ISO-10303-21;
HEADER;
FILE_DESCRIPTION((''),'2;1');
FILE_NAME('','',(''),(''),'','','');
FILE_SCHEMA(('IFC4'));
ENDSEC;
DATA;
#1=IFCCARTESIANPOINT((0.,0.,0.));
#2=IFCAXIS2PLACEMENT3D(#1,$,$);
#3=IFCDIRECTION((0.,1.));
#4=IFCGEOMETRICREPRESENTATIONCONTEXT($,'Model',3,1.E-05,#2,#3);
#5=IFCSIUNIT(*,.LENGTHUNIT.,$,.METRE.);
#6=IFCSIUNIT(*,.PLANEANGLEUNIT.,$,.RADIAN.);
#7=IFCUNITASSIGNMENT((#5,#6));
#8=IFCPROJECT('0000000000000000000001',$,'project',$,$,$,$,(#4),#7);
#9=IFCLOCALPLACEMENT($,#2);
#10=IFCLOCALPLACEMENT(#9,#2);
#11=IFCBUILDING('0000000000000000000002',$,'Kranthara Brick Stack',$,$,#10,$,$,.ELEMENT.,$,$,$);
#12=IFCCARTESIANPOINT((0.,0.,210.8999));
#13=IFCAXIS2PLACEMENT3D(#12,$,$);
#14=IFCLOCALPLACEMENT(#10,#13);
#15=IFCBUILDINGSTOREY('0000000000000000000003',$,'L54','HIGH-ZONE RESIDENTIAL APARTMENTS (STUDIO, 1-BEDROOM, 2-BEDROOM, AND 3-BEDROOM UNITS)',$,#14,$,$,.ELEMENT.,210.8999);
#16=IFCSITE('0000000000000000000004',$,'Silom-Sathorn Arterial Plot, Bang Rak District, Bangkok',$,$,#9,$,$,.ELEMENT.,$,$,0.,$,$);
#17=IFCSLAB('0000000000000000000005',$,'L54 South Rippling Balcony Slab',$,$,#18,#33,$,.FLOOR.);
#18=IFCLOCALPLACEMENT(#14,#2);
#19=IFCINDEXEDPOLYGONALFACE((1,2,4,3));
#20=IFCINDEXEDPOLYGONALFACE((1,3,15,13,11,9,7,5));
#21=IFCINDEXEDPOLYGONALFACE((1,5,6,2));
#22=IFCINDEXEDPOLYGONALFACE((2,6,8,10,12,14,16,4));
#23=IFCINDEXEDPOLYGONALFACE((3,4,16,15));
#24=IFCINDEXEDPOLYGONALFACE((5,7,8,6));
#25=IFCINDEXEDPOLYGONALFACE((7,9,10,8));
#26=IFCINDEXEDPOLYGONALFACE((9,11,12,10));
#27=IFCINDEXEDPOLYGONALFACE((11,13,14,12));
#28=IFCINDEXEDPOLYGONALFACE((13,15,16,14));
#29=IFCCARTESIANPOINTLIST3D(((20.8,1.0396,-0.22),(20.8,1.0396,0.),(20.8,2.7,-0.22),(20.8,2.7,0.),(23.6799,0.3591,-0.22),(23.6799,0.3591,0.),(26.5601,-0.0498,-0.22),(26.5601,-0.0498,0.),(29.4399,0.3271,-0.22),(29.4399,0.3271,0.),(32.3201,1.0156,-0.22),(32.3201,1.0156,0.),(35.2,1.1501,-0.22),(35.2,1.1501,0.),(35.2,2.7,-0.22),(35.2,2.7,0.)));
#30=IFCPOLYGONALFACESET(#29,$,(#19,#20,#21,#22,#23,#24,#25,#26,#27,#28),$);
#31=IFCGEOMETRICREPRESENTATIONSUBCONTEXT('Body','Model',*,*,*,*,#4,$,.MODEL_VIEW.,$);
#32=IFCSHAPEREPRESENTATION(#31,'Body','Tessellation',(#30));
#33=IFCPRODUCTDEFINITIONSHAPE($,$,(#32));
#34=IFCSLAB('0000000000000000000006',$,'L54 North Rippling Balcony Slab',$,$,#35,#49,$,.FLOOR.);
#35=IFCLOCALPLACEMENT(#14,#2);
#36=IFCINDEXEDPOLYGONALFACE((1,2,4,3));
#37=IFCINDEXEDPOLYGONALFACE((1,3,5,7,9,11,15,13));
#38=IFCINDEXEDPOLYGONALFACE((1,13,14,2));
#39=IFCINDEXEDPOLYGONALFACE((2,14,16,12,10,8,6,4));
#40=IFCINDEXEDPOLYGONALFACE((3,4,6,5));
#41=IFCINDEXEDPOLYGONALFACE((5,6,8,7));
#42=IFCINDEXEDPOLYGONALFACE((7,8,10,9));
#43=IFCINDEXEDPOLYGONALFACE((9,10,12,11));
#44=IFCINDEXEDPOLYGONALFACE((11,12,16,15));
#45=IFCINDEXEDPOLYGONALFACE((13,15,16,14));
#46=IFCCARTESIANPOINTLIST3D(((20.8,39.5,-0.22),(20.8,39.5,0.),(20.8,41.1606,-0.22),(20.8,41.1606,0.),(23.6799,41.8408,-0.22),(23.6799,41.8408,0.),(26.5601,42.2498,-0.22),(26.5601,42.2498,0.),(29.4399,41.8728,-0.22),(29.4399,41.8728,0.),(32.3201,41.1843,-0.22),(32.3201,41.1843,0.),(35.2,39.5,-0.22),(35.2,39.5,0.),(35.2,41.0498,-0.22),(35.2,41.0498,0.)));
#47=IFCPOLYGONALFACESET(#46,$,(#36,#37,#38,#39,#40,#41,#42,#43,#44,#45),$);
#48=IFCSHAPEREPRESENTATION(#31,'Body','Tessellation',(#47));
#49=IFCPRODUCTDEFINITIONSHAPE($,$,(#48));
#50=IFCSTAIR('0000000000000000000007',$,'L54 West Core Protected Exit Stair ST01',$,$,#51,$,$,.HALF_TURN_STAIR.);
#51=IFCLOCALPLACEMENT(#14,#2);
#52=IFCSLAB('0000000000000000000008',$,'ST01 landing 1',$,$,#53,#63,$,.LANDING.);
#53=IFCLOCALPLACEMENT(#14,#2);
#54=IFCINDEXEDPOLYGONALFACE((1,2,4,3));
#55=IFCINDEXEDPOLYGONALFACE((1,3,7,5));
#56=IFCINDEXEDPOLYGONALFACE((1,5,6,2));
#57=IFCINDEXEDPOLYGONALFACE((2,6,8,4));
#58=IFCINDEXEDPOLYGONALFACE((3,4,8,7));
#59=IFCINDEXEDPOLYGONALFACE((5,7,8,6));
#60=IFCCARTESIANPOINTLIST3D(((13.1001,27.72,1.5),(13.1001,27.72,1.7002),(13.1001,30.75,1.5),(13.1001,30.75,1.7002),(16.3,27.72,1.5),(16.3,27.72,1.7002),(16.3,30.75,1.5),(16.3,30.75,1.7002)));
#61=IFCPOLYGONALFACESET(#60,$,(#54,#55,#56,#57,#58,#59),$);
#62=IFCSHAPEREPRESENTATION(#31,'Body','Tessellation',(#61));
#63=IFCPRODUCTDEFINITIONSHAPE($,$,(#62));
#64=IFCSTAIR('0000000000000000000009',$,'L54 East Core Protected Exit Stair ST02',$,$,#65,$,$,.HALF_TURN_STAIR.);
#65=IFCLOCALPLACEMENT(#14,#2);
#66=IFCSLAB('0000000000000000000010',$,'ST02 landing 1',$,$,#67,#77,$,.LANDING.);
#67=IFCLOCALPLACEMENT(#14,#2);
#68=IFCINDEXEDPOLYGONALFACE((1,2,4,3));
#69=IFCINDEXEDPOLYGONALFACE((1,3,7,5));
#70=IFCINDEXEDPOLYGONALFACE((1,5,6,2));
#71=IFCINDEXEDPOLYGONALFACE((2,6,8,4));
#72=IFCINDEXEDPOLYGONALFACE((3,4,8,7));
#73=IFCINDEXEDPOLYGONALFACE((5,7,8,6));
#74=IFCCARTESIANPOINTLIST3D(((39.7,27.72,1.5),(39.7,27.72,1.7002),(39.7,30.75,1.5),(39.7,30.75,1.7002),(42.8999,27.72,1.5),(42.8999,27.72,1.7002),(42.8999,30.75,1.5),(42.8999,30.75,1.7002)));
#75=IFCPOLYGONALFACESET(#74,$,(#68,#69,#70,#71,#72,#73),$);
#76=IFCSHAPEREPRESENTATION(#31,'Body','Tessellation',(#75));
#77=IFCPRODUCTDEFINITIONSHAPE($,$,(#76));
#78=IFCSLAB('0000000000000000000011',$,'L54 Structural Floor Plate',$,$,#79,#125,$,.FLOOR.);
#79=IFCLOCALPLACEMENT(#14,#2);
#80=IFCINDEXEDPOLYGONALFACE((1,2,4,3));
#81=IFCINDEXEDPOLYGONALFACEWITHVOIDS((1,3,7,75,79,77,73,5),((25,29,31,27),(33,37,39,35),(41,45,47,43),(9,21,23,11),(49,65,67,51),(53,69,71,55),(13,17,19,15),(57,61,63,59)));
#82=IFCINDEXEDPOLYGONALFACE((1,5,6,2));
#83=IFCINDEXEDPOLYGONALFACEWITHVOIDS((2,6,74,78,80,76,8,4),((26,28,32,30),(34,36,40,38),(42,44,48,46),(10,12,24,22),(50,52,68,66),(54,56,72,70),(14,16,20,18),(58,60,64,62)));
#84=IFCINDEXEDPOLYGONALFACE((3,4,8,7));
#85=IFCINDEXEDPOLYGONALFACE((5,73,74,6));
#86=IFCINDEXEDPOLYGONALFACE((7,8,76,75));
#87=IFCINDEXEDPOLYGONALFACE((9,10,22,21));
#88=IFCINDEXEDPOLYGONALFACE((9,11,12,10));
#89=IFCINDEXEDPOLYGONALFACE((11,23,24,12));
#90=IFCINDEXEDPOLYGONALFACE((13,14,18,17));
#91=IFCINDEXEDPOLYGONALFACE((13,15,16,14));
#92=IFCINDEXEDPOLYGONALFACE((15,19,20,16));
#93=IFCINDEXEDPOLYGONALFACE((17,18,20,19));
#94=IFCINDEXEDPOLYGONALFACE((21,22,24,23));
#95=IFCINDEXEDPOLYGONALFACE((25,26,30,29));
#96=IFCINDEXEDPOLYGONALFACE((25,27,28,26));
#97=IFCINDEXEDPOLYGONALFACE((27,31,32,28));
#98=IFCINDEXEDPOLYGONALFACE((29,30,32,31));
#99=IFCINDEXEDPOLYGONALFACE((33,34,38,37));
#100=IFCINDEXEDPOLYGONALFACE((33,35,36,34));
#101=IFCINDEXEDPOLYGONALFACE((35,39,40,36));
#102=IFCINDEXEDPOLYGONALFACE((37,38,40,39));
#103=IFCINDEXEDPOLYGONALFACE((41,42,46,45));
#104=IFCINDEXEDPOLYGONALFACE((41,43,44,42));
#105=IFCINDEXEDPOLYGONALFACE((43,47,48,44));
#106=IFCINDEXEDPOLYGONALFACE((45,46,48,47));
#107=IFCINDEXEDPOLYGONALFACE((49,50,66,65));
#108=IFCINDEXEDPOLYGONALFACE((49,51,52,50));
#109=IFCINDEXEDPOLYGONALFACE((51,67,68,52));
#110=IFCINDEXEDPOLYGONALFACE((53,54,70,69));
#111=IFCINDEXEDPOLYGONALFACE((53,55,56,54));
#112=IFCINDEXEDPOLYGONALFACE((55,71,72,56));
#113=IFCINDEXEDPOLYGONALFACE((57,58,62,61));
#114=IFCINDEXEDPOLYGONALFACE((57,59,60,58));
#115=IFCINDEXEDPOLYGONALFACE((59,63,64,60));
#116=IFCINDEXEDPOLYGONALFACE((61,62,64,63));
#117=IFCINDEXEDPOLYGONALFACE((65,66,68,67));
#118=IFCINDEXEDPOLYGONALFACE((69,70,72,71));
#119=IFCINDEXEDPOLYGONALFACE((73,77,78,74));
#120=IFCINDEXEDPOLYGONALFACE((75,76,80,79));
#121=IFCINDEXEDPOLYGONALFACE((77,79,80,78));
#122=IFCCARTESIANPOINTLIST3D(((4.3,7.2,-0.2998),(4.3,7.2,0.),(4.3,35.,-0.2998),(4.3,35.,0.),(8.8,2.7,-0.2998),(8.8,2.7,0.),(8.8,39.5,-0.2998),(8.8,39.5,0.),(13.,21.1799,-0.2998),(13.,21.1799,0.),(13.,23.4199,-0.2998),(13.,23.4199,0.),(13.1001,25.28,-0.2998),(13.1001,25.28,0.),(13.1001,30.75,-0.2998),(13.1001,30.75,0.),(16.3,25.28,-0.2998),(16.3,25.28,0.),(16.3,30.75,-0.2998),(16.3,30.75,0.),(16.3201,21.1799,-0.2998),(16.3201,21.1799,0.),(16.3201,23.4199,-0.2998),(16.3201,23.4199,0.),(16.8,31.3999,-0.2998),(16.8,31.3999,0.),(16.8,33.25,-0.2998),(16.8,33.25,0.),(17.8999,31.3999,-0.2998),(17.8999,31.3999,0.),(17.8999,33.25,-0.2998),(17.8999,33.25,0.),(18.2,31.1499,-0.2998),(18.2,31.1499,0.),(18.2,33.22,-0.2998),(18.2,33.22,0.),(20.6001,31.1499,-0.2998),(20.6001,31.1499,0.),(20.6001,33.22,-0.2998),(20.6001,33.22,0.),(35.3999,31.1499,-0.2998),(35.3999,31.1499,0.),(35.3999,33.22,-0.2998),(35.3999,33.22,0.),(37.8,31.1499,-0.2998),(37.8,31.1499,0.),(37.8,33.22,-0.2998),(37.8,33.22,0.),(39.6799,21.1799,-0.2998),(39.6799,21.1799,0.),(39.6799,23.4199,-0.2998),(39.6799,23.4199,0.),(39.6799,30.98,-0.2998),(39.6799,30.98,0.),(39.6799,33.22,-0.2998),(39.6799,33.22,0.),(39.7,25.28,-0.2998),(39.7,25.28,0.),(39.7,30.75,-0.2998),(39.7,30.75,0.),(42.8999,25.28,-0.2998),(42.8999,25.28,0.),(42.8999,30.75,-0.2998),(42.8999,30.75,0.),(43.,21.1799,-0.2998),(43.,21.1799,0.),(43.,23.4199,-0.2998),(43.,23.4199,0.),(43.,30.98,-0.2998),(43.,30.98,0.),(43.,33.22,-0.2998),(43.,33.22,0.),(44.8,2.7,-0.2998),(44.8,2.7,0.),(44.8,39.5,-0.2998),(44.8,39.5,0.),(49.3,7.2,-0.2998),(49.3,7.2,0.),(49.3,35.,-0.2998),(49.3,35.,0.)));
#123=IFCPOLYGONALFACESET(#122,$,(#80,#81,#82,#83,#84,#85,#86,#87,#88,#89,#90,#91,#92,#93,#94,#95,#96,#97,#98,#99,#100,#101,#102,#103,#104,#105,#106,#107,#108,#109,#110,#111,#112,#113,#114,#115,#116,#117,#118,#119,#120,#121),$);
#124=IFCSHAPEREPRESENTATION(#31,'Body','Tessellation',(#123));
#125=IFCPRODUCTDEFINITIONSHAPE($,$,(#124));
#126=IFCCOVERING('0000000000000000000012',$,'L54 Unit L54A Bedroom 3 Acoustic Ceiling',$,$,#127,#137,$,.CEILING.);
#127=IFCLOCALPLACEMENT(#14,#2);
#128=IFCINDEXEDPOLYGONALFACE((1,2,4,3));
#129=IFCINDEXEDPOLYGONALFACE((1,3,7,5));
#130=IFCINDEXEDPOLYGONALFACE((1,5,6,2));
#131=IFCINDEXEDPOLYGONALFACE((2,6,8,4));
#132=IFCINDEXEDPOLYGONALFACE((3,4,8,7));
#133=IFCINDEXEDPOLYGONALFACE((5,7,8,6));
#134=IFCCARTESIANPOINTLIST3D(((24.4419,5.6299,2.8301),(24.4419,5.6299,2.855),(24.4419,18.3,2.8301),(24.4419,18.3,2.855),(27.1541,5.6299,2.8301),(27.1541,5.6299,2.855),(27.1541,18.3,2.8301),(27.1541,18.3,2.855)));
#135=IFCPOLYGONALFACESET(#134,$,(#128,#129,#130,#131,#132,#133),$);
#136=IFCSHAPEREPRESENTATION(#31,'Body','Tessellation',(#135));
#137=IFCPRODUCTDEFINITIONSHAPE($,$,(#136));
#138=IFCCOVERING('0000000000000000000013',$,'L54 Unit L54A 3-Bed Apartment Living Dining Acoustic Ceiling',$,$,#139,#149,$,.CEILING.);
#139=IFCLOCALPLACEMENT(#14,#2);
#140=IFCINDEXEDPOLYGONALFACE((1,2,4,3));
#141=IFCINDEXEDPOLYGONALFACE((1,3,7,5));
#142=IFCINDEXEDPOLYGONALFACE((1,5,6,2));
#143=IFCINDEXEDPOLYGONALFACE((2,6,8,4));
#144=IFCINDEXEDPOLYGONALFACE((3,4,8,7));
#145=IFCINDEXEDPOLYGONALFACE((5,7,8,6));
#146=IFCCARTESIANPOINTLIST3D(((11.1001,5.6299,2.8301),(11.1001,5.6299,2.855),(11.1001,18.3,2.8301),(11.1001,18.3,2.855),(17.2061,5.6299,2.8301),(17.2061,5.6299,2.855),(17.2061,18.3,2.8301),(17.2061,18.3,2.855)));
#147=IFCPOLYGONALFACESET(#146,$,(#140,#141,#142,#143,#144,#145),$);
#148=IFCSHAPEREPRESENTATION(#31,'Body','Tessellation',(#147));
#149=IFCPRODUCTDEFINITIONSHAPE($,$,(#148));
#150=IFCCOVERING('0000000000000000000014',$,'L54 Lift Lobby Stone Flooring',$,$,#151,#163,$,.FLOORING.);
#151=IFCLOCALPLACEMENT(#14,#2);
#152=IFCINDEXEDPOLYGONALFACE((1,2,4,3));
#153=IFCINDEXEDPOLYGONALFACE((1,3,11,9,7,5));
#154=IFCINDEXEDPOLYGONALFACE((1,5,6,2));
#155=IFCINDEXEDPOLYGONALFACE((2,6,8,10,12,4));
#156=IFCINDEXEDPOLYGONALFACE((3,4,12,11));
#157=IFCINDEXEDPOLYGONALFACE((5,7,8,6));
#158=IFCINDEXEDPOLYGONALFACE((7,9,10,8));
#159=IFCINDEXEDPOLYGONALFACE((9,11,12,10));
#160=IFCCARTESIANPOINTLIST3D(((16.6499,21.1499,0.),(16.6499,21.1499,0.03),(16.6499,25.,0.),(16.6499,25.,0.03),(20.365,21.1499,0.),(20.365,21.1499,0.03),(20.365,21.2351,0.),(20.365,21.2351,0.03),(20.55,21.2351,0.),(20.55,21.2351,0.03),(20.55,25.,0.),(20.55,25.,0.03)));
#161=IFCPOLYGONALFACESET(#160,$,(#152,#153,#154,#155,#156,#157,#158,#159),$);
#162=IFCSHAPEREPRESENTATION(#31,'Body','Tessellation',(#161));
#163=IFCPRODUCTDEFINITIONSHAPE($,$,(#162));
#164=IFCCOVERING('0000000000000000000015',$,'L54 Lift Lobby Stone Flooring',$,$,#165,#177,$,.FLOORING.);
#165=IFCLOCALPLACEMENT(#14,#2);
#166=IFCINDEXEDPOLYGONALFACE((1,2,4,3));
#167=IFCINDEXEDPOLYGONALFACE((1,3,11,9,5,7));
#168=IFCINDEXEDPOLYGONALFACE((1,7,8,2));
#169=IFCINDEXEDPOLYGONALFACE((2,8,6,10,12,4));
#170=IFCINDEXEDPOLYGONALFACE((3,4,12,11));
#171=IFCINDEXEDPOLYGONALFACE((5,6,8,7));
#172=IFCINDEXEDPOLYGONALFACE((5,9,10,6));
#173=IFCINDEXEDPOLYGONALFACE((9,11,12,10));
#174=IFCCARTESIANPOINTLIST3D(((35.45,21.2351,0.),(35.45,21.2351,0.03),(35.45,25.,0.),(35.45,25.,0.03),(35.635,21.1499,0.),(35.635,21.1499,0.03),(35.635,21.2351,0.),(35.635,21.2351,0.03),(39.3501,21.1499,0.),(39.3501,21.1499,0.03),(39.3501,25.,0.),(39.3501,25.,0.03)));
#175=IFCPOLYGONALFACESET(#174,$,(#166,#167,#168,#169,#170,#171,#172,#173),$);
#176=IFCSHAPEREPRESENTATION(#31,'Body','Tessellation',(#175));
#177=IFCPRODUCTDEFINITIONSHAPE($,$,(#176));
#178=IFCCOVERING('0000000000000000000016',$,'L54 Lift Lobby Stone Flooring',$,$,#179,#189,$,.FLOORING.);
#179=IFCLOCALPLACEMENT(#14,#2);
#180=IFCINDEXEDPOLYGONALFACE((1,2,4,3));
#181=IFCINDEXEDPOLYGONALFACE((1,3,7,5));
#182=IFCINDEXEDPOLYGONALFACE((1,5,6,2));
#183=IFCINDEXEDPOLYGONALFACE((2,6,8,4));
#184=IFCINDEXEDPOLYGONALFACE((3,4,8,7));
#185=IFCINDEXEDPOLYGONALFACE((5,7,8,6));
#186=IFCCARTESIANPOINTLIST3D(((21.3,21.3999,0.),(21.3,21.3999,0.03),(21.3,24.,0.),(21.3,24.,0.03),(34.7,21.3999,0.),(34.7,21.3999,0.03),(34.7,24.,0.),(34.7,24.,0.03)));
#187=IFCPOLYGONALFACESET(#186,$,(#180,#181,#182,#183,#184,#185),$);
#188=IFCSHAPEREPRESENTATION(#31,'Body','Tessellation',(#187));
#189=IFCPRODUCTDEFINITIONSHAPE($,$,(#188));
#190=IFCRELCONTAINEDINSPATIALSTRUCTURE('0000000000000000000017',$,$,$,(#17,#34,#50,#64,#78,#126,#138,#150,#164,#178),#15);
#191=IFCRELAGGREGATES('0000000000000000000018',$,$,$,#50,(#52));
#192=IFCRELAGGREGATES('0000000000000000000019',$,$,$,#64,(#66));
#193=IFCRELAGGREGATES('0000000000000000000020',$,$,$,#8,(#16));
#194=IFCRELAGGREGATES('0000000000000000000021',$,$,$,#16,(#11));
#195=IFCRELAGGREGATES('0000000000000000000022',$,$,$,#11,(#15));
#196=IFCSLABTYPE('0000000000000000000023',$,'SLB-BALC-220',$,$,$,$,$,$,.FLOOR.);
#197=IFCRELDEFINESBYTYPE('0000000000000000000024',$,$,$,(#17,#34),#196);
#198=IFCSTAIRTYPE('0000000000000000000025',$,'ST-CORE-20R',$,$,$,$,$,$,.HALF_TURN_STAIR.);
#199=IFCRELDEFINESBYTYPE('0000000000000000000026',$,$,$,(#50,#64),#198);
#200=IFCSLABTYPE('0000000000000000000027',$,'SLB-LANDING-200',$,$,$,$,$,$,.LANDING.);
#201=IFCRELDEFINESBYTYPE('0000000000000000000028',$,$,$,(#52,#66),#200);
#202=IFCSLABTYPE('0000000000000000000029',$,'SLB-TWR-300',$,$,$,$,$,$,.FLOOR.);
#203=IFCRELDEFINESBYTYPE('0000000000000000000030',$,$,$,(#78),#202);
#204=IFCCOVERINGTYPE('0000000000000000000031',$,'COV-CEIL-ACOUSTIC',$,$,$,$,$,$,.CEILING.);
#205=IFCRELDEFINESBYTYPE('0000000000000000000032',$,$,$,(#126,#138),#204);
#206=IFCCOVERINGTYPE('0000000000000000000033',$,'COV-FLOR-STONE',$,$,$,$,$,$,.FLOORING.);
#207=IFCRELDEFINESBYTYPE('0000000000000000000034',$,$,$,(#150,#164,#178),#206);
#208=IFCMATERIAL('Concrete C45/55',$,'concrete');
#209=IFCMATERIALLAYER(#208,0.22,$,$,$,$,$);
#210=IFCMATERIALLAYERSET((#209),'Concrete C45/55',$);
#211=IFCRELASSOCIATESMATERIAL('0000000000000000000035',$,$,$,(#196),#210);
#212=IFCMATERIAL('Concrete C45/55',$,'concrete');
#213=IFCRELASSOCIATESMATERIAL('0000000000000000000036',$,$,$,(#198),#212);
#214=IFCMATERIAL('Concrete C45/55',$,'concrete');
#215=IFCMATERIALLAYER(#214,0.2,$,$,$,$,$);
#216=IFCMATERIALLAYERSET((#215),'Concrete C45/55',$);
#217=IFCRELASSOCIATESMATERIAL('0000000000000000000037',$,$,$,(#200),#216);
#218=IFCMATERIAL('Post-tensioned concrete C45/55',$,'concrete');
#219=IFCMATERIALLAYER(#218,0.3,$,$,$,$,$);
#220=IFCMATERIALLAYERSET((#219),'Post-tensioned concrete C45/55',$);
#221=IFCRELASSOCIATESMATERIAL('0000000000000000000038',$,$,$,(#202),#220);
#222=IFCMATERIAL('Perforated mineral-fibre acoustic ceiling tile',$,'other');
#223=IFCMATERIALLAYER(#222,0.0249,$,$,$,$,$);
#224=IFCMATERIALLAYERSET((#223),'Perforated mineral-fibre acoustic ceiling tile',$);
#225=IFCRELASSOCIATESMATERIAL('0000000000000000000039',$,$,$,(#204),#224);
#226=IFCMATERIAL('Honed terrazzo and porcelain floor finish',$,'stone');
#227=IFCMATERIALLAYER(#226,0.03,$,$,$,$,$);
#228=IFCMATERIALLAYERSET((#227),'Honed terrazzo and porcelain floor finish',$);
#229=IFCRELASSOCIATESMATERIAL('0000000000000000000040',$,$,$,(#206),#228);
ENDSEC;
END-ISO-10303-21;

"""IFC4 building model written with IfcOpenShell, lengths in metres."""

from ifc_helpers import new_model, si_unit, direction, frame, origin, place, context, subcontext, project, spatial, polyline, outline, extrude, material, layer, layer_set, type_object, element, aggregate, save


model = new_model("IFC4")

# Units and contexts
model_context = context("Model", 3, precision=1e-05, world=origin(), true_north=direction((0.0, 1.0)))
body_context = subcontext(model_context, "Body", "Model", "MODEL_VIEW")
ifc_project = project(units=[si_unit("LENGTHUNIT", "METRE"), si_unit("PLANEANGLEUNIT", "RADIAN")], contexts=[model_context])

# Site, building, storey
site_placement = place(None, origin())
site = spatial("IfcSite", under=ifc_project, at=site_placement, Name="Silom-Sathorn Arterial Plot, Bang Rak District, Bangkok", CompositionType="ELEMENT", RefElevation=0.0)
building_placement = place(site_placement, origin())
building = spatial("IfcBuilding", under=site, at=building_placement, Name="Kranthara Brick Stack", CompositionType="ELEMENT")
storey_placement = place(building_placement, frame((0.0, 0.0, 210.8999)))
storey = spatial("IfcBuildingStorey", under=building, at=storey_placement, Name="L54", Description="HIGH-ZONE RESIDENTIAL APARTMENTS (STUDIO, 1-BEDROOM, 2-BEDROOM, AND 3-BEDROOM UNITS)", CompositionType="ELEMENT", Elevation=210.8999)

# Slabs
ifc_material_1 = material(Name="Concrete C45/55", Category="concrete")
ifc_layer_1 = layer(ifc_material_1, 0.22)
ifc_layer_set_1 = layer_set([ifc_layer_1], Name="Concrete C45/55")
slab_type_1 = type_object("IfcSlabType", Name="SLB-BALC-220", PredefinedType="FLOOR", material=ifc_layer_set_1)
slab_1_placement = place(storey_placement, frame((0.0, 0.0, -0.22)))
element("IfcSlab", 1, at=slab_1_placement, inside=storey, type_object=slab_type_1, Name="L54 South Rippling Balcony Slab", PredefinedType="FLOOR", context=body_context, shape_type="SweptSolid", body=[
    extrude(outline(polyline([(20.8, 2.7), (35.2, 2.7), (35.2, 1.1501), (32.3201, 1.0156), (29.4399, 0.3271), (26.5601, -0.0498), (23.6799, 0.3591), (20.8, 1.0396), (20.8, 2.7)])), origin(), (0.0, 0.0, 1.0), 0.22),
])
slab_2_placement = place(storey_placement, frame((0.0, 0.0, -0.22)))
element("IfcSlab", 2, at=slab_2_placement, inside=storey, type_object=slab_type_1, Name="L54 North Rippling Balcony Slab", PredefinedType="FLOOR", context=body_context, shape_type="SweptSolid", body=[
    extrude(outline(polyline([(35.2, 39.5), (20.8, 39.5), (20.8, 41.1606), (23.6799, 41.8408), (26.5601, 42.2498), (29.4399, 41.8728), (32.3201, 41.1843), (35.2, 41.0498), (35.2, 39.5)])), origin(), (0.0, 0.0, 1.0), 0.22),
])

# Stairs, slabs
ifc_material_2 = material(Name="Concrete C45/55", Category="concrete")
stair_type = type_object("IfcStairType", Name="ST-CORE-20R", PredefinedType="HALF_TURN_STAIR", material=ifc_material_2)
stair_1_placement = place(storey_placement, origin())
stair_1 = element("IfcStair", 3, at=stair_1_placement, inside=storey, type_object=stair_type, Name="L54 West Core Protected Exit Stair ST01", PredefinedType="HALF_TURN_STAIR")
ifc_material_3 = material(Name="Concrete C45/55", Category="concrete")
ifc_layer_2 = layer(ifc_material_3, 0.2)
ifc_layer_set_2 = layer_set([ifc_layer_2], Name="Concrete C45/55")
slab_type_2 = type_object("IfcSlabType", Name="SLB-LANDING-200", PredefinedType="LANDING", material=ifc_layer_set_2)
slab_3_placement = place(storey_placement, frame((0.0, 0.0, 1.5)))
slab_3 = element("IfcSlab", 4, at=slab_3_placement, type_object=slab_type_2, Name="ST01 landing 1", PredefinedType="LANDING", context=body_context, shape_type="SweptSolid", body=[
    extrude(outline(polyline([(16.3, 27.72), (16.3, 30.75), (13.1001, 30.75), (13.1001, 27.72), (16.3, 27.72)])), origin(), (0.0, 0.0, 1.0), 0.2002),
])
aggregate(stair_1, [slab_3])
stair_2_placement = place(storey_placement, origin())
stair_2 = element("IfcStair", 5, at=stair_2_placement, inside=storey, type_object=stair_type, Name="L54 East Core Protected Exit Stair ST02", PredefinedType="HALF_TURN_STAIR")
slab_4_placement = place(storey_placement, frame((0.0, 0.0, 1.5)))
slab_4 = element("IfcSlab", 6, at=slab_4_placement, type_object=slab_type_2, Name="ST02 landing 1", PredefinedType="LANDING", context=body_context, shape_type="SweptSolid", body=[
    extrude(outline(polyline([(42.8999, 27.72), (42.8999, 30.75), (39.7, 30.75), (39.7, 27.72), (42.8999, 27.72)])), origin(), (0.0, 0.0, 1.0), 0.2002),
])
aggregate(stair_2, [slab_4])

# Slab
ifc_material_4 = material(Name="Post-tensioned concrete C45/55", Category="concrete")
ifc_layer_3 = layer(ifc_material_4, 0.3)
ifc_layer_set_3 = layer_set([ifc_layer_3], Name="Post-tensioned concrete C45/55")
slab_type_3 = type_object("IfcSlabType", Name="SLB-TWR-300", PredefinedType="FLOOR", material=ifc_layer_set_3)
slab_5_placement = place(storey_placement, frame((0.0, 0.0, -0.2998)))
element("IfcSlab", 7, at=slab_5_placement, inside=storey, type_object=slab_type_3, Name="L54 Structural Floor Plate", PredefinedType="FLOOR", context=body_context, shape_type="SweptSolid", body=[
    extrude(outline(polyline([(8.8, 2.7), (44.8, 2.7), (49.3, 7.2), (49.3, 35.0), (44.8, 39.5), (8.8, 39.5), (4.3, 35.0), (4.3, 7.2), (8.8, 2.7)]), holes=[polyline([(13.1001, 25.28), (16.3, 25.28), (16.3, 30.75), (13.1001, 30.75), (13.1001, 25.28)]), polyline([(39.7, 25.28), (42.8999, 25.28), (42.8999, 30.75), (39.7, 30.75), (39.7, 25.28)]), polyline([(13.0, 21.1799), (16.3201, 21.1799), (16.3201, 23.4199), (13.0, 23.4199), (13.0, 21.1799)]), polyline([(39.6799, 21.1799), (43.0, 21.1799), (43.0, 23.4199), (39.6799, 23.4199), (39.6799, 21.1799)]), polyline([(39.6799, 30.98), (43.0, 30.98), (43.0, 33.22), (39.6799, 33.22), (39.6799, 30.98)]), polyline([(18.2, 31.1499), (20.6001, 31.1499), (20.6001, 33.22), (18.2, 33.22), (18.2, 31.1499)]), polyline([(35.3999, 31.1499), (37.8, 31.1499), (37.8, 33.22), (35.3999, 33.22), (35.3999, 31.1499)]), polyline([(16.8, 31.3999), (17.8999, 31.3999), (17.8999, 33.25), (16.8, 33.25), (16.8, 31.3999)])]), origin(), (0.0, 0.0, 1.0), 0.2998),
])

# Coverings
ifc_material_5 = material(Name="Perforated mineral-fibre acoustic ceiling tile", Category="other")
ifc_layer_4 = layer(ifc_material_5, 0.0249)
ifc_layer_set_4 = layer_set([ifc_layer_4], Name="Perforated mineral-fibre acoustic ceiling tile")
covering_type_1 = type_object("IfcCoveringType", Name="COV-CEIL-ACOUSTIC", PredefinedType="CEILING", material=ifc_layer_set_4)
covering_1_placement = place(storey_placement, frame((0.0, 0.0, 2.8301)))
element("IfcCovering", 8, at=covering_1_placement, inside=storey, type_object=covering_type_1, Name="L54 Unit L54A Bedroom 3 Acoustic Ceiling", PredefinedType="CEILING", context=body_context, shape_type="SweptSolid", body=[
    extrude(outline(polyline([(27.1541, 5.6299), (27.1541, 18.3), (24.4419, 18.3), (24.4419, 5.6299), (27.1541, 5.6299)])), origin(), (0.0, 0.0, 1.0), 0.0249),
])
covering_2_placement = place(storey_placement, frame((0.0, 0.0, 2.8301)))
element("IfcCovering", 9, at=covering_2_placement, inside=storey, type_object=covering_type_1, Name="L54 Unit L54A 3-Bed Apartment Living Dining Acoustic Ceiling", PredefinedType="CEILING", context=body_context, shape_type="SweptSolid", body=[
    extrude(outline(polyline([(17.2061, 5.6299), (17.2061, 18.3), (11.1001, 18.3), (11.1001, 5.6299), (17.2061, 5.6299)])), origin(), (0.0, 0.0, 1.0), 0.0249),
])
ifc_material_6 = material(Name="Honed terrazzo and porcelain floor finish", Category="stone")
ifc_layer_5 = layer(ifc_material_6, 0.03)
ifc_layer_set_5 = layer_set([ifc_layer_5], Name="Honed terrazzo and porcelain floor finish")
covering_type_2 = type_object("IfcCoveringType", Name="COV-FLOR-STONE", PredefinedType="FLOORING", material=ifc_layer_set_5)
covering_3_placement = place(storey_placement, origin())
element("IfcCovering", 10, at=covering_3_placement, inside=storey, type_object=covering_type_2, Name="L54 Lift Lobby Stone Flooring", PredefinedType="FLOORING", context=body_context, shape_type="SweptSolid", body=[
    extrude(outline(polyline([(16.6499, 21.1499), (16.6499, 25.0), (20.55, 25.0), (20.55, 21.2351), (20.365, 21.2351), (20.365, 21.1499), (16.6499, 21.1499)])), origin(), (0.0, 0.0, 1.0), 0.03),
])
covering_4_placement = place(storey_placement, origin())
element("IfcCovering", 11, at=covering_4_placement, inside=storey, type_object=covering_type_2, Name="L54 Lift Lobby Stone Flooring", PredefinedType="FLOORING", context=body_context, shape_type="SweptSolid", body=[
    extrude(outline(polyline([(35.45, 25.0), (39.3501, 25.0), (39.3501, 21.1499), (35.635, 21.1499), (35.635, 21.2351), (35.45, 21.2351), (35.45, 25.0)])), origin(), (0.0, 0.0, 1.0), 0.03),
])
covering_5_placement = place(storey_placement, origin())
element("IfcCovering", 12, at=covering_5_placement, inside=storey, type_object=covering_type_2, Name="L54 Lift Lobby Stone Flooring", PredefinedType="FLOORING", context=body_context, shape_type="SweptSolid", body=[
    extrude(outline(polyline([(34.7, 21.3999), (34.7, 24.0), (21.3, 24.0), (21.3, 21.3999), (34.7, 21.3999)])), origin(), (0.0, 0.0, 1.0), 0.03),
])

save(model, "model.ifc")
